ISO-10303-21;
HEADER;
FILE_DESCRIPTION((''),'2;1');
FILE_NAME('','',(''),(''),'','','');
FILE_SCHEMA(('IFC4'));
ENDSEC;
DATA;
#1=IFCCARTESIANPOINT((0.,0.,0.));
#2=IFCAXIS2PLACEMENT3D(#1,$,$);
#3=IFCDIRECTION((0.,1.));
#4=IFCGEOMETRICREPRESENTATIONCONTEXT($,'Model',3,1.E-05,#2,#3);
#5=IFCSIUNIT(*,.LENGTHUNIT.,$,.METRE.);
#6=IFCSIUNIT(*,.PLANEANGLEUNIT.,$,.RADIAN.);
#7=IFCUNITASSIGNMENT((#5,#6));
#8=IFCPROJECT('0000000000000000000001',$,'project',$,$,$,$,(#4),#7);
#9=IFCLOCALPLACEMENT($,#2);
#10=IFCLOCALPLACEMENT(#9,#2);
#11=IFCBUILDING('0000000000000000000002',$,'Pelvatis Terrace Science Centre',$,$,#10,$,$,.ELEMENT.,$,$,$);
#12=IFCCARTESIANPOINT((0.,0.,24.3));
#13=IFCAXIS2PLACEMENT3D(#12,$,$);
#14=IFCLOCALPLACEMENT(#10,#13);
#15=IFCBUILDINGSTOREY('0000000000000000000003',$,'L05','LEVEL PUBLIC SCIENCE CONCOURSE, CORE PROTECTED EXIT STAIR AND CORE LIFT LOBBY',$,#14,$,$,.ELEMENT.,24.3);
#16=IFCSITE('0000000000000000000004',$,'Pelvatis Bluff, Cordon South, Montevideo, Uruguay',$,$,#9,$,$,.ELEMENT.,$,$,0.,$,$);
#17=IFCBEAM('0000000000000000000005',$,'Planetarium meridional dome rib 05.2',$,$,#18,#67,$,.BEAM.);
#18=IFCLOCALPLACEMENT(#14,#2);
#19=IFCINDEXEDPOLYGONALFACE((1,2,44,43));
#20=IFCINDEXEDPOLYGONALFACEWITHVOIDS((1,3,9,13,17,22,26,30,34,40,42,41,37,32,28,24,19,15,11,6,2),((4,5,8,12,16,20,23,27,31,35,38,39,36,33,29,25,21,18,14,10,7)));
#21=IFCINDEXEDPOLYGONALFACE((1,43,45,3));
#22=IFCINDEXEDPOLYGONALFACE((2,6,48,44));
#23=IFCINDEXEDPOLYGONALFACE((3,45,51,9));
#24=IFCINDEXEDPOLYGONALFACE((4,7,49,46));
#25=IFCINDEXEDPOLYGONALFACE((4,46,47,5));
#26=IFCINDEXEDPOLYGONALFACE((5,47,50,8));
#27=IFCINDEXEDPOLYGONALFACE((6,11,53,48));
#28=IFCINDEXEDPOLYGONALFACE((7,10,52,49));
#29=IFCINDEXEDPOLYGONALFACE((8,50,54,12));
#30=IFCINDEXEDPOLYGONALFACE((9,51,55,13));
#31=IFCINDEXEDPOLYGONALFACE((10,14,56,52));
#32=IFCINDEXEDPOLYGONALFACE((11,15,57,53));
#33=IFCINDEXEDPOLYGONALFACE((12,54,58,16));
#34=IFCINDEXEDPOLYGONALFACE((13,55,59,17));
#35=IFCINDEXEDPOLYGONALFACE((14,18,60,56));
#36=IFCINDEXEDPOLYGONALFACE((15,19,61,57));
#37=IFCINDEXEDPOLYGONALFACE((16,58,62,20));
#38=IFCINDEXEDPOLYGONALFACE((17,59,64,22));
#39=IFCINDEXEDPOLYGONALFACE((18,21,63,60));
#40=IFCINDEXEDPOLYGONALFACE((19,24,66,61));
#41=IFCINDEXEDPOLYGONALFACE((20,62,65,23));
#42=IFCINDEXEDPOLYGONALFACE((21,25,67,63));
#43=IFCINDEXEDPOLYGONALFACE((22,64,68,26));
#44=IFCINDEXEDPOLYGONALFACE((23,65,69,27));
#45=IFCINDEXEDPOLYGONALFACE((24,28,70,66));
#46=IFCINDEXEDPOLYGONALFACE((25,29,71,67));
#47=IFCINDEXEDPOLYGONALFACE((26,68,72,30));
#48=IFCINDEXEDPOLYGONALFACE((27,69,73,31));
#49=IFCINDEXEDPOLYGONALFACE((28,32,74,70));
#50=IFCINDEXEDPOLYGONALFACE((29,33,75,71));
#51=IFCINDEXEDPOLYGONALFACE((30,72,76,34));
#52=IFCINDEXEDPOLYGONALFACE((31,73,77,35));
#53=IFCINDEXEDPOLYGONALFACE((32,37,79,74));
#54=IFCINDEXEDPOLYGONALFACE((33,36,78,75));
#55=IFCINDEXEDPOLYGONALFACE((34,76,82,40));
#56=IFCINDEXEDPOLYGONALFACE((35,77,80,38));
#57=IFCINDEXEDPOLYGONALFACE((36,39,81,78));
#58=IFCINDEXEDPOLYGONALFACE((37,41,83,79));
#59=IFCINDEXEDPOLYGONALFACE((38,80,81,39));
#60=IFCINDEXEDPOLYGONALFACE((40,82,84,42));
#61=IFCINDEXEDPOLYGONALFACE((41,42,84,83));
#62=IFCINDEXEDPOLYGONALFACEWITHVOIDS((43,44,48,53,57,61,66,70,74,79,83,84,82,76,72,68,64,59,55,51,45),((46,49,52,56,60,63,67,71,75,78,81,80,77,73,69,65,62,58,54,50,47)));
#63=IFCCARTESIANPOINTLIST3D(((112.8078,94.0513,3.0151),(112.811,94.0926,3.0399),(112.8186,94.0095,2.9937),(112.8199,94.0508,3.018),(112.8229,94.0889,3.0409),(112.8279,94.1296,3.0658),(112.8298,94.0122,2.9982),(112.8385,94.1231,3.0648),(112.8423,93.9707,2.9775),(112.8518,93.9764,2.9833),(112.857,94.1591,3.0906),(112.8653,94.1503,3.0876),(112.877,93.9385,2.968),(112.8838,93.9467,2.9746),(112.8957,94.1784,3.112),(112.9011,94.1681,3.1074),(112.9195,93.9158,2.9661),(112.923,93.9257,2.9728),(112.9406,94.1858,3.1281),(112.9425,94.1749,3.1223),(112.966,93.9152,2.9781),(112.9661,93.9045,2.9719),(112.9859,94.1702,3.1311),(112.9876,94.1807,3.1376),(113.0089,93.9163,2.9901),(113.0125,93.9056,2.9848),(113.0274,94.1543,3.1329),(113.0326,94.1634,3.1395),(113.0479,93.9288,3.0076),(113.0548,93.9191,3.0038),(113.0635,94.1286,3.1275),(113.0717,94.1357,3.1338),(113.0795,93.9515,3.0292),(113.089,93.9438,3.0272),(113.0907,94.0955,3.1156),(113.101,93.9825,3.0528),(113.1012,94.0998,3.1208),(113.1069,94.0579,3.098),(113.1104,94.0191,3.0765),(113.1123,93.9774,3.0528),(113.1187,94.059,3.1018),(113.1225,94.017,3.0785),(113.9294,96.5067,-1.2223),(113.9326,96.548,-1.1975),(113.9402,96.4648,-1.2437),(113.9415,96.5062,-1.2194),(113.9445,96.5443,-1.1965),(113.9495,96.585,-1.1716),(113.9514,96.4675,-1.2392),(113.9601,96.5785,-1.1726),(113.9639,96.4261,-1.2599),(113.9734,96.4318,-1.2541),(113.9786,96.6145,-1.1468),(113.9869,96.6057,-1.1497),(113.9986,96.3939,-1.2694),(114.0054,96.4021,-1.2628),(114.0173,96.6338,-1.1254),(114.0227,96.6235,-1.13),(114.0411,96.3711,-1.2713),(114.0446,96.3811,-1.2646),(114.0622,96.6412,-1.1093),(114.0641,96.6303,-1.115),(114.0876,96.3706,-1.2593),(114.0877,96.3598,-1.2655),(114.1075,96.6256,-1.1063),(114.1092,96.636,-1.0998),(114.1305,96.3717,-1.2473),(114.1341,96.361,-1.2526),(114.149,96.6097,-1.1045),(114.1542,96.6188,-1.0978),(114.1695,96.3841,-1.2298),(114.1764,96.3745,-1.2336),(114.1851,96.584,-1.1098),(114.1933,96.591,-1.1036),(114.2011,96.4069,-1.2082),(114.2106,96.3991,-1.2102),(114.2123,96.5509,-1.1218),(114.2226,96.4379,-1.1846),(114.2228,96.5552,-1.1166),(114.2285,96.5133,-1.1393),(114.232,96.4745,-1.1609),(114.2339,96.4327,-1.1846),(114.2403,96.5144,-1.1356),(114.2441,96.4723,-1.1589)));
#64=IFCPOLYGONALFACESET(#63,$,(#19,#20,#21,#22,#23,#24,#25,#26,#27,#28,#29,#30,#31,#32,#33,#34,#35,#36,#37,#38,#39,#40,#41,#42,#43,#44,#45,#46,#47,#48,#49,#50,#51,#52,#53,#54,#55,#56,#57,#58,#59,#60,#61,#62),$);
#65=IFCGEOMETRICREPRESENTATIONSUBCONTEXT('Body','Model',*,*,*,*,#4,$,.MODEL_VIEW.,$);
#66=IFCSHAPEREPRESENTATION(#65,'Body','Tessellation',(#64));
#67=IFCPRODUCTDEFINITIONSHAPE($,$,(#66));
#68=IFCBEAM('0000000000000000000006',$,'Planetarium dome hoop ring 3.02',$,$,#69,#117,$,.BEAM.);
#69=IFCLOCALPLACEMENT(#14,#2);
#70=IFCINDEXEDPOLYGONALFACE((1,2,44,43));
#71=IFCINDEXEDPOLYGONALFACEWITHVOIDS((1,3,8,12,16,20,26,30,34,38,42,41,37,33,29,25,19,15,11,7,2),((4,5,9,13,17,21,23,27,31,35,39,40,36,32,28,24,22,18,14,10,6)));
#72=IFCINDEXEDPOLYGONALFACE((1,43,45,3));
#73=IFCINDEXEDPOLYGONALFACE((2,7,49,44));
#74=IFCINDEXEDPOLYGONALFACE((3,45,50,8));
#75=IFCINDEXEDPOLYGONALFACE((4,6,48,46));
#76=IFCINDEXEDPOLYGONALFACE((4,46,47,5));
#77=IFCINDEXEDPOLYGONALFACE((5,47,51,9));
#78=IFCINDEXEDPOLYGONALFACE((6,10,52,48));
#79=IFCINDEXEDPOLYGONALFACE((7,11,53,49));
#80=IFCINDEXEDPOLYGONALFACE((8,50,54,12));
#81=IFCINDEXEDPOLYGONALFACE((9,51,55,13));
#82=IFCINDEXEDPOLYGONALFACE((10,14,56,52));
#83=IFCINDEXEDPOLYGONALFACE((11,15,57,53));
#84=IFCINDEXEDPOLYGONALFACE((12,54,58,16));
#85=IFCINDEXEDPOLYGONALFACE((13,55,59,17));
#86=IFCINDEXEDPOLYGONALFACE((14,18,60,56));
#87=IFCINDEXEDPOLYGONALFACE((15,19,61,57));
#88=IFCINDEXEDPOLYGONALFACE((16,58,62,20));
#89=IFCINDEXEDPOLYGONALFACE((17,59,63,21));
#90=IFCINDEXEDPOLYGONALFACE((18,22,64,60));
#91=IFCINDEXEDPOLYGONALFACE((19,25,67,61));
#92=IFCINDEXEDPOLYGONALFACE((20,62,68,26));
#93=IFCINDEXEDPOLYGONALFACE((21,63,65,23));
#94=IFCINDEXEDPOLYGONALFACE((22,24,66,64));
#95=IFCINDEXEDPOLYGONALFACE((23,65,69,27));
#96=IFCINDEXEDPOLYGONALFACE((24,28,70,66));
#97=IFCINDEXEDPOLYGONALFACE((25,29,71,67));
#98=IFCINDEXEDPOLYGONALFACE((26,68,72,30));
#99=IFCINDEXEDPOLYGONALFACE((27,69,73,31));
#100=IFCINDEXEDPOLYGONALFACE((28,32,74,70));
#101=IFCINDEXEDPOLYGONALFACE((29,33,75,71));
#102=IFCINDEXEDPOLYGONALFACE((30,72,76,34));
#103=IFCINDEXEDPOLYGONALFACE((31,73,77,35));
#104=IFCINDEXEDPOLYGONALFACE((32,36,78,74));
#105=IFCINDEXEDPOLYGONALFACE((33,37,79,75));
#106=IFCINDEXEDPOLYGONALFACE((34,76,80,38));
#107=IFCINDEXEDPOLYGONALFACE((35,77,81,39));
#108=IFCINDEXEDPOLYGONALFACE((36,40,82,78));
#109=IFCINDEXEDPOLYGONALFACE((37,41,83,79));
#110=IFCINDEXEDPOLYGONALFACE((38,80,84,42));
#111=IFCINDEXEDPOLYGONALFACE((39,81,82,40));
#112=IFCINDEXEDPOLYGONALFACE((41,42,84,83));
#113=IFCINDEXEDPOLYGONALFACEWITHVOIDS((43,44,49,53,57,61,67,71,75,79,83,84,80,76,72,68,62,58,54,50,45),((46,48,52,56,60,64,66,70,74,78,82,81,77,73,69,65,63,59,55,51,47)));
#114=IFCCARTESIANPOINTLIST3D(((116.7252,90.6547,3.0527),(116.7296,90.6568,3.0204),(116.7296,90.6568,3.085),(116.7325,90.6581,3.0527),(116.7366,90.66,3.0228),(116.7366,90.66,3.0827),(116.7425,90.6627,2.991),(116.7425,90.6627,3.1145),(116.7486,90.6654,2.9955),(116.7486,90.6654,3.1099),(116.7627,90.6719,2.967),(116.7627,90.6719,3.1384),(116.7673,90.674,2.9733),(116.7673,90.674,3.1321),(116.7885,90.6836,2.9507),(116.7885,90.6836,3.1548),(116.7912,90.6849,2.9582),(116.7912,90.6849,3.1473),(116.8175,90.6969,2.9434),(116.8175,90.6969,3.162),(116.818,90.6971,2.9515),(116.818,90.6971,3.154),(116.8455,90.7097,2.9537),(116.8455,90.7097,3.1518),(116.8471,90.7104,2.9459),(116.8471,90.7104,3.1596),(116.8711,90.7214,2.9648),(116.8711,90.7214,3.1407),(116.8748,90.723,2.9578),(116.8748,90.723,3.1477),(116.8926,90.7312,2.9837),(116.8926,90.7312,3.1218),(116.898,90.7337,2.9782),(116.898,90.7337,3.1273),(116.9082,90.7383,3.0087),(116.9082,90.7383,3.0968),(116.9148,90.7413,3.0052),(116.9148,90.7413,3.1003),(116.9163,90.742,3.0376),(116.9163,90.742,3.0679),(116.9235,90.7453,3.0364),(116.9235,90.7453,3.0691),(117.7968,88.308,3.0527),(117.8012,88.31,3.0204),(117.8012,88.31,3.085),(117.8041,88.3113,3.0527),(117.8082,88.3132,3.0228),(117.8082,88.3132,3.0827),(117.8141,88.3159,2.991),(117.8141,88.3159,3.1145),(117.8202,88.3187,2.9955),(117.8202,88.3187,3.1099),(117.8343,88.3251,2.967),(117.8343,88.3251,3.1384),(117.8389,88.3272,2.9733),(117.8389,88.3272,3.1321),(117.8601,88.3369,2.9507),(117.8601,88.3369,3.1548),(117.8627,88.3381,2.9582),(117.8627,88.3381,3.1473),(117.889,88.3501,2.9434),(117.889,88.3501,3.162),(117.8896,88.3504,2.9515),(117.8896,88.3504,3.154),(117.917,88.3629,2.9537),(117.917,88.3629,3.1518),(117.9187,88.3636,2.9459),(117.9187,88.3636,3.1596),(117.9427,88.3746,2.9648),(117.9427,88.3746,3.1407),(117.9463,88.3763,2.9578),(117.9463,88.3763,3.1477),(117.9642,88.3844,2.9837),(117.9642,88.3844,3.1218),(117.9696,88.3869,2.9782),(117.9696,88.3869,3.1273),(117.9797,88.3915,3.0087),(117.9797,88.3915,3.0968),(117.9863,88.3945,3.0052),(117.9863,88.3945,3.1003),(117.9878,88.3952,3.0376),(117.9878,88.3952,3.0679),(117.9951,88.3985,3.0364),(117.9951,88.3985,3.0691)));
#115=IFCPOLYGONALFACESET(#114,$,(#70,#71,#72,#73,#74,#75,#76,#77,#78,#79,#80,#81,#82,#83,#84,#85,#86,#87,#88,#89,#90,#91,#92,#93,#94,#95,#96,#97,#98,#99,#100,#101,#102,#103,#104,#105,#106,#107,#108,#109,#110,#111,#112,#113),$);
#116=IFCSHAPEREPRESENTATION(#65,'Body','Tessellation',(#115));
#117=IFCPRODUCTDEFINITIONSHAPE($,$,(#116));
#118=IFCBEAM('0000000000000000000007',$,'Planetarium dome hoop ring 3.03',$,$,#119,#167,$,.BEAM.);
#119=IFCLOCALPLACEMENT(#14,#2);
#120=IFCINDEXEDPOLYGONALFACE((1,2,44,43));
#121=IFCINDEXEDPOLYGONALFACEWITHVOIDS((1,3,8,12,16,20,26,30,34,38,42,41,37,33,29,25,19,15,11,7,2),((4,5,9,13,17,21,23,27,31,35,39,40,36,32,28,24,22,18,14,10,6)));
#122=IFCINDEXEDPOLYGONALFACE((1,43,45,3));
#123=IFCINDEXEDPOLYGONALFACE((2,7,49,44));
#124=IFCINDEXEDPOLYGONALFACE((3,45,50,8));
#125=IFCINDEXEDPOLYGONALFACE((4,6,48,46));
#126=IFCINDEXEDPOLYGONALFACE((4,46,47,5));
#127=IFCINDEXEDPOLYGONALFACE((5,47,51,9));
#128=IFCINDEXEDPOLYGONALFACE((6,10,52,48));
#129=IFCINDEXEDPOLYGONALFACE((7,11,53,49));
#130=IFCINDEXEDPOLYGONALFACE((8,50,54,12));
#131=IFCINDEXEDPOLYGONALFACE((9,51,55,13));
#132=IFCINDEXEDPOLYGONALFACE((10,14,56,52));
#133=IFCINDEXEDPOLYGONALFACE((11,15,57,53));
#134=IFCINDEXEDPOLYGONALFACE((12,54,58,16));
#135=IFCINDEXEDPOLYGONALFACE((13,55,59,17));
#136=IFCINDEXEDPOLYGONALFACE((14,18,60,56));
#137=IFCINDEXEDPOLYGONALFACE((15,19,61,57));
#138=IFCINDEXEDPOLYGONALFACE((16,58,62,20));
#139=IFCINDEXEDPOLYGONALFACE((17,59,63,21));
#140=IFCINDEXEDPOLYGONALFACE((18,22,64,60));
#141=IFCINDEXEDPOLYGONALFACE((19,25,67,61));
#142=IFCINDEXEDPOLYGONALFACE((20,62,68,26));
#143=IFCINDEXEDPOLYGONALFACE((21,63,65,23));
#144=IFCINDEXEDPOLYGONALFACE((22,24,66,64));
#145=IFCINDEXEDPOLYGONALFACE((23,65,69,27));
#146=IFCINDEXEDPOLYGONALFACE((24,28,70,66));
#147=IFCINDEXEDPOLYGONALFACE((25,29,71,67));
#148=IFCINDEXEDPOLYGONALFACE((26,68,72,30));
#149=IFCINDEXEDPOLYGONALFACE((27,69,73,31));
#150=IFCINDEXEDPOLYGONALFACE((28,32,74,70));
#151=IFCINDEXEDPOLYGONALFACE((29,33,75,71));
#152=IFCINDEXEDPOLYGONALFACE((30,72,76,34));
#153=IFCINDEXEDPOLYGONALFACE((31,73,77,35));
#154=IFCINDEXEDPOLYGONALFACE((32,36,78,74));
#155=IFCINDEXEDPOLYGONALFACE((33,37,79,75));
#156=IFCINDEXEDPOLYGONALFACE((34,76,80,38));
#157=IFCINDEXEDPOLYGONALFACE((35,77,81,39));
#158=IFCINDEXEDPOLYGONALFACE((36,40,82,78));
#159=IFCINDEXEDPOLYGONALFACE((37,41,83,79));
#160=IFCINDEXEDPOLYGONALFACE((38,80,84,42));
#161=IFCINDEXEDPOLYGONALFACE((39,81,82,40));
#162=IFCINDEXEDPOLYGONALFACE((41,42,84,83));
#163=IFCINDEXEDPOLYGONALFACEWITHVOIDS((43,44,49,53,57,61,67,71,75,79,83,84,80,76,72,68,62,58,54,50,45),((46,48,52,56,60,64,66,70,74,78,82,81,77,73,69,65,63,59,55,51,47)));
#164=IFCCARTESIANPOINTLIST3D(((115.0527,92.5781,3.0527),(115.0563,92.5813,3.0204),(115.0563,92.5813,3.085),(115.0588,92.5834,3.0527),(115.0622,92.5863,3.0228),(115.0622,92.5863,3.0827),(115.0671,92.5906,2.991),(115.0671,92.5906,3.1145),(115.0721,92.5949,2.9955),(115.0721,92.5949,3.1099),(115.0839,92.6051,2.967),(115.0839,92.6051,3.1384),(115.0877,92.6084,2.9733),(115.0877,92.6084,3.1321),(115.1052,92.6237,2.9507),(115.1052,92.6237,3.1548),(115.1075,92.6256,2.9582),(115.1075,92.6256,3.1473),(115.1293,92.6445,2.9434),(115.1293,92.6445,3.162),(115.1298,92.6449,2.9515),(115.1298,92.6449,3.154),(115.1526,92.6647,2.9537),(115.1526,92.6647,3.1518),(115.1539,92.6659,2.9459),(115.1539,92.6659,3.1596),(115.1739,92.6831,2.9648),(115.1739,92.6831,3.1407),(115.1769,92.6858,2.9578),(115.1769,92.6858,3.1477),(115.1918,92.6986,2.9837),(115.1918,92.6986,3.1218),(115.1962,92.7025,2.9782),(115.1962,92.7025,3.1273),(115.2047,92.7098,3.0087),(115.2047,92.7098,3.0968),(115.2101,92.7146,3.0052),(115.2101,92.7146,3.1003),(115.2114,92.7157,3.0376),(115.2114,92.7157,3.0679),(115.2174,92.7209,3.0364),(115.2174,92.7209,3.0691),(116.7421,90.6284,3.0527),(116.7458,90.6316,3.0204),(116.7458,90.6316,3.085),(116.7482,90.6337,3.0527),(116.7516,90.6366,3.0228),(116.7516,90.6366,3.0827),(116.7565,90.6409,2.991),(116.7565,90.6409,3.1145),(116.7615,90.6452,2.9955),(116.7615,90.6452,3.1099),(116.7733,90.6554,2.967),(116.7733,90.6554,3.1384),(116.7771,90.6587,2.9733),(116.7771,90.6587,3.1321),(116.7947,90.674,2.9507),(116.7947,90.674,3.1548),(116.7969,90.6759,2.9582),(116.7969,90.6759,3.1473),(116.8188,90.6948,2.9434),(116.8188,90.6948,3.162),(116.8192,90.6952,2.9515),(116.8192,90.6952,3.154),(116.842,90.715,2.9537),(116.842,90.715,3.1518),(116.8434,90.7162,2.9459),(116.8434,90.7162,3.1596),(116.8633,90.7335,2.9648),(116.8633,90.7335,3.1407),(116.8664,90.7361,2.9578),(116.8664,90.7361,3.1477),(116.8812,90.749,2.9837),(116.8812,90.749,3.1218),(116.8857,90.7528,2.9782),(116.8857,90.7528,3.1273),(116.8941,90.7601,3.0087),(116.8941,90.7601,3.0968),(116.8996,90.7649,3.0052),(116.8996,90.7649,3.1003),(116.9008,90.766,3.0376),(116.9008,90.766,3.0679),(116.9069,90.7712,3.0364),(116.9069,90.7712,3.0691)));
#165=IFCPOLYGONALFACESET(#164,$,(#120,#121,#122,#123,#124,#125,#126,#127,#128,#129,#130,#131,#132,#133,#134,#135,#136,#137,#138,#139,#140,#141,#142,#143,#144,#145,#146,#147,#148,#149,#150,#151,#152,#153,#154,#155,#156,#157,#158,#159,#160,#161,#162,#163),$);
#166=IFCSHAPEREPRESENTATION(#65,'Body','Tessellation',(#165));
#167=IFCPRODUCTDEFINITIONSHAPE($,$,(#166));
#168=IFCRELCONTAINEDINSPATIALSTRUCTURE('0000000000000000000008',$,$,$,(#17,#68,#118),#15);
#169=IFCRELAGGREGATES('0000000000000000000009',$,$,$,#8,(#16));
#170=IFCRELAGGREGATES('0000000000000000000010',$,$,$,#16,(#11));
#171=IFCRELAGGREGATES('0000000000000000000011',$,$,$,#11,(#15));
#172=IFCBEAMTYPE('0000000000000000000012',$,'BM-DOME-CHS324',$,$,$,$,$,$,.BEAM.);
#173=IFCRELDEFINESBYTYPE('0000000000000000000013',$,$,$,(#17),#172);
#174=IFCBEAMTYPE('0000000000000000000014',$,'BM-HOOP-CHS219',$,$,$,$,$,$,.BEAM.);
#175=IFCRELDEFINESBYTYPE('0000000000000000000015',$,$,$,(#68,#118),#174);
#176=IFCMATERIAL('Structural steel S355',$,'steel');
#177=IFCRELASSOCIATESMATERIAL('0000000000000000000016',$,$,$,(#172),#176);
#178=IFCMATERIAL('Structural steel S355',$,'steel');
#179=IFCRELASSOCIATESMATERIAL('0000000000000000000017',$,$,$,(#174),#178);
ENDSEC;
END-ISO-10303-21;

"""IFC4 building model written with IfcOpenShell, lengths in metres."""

from ifc_helpers import new_model, si_unit, direction, frame, origin, origin_2d, place, context, subcontext, project, spatial, hollow_circle, extrude, material, material_profile, profile_set, type_object, element, save


model = new_model("IFC4")

# Units and contexts
model_context = context("Model", 3, precision=1e-05, world=origin(), true_north=direction((0.0, 1.0)))
body_context = subcontext(model_context, "Body", "Model", "MODEL_VIEW")
ifc_project = project(units=[si_unit("LENGTHUNIT", "METRE"), si_unit("PLANEANGLEUNIT", "RADIAN")], contexts=[model_context])

# Site, building, storey
site_placement = place(None, origin())
site = spatial("IfcSite", under=ifc_project, at=site_placement, Name="Pelvatis Bluff, Cordon South, Montevideo, Uruguay", CompositionType="ELEMENT", RefElevation=0.0)
building_placement = place(site_placement, origin())
building = spatial("IfcBuilding", under=site, at=building_placement, Name="Pelvatis Terrace Science Centre", CompositionType="ELEMENT")
storey_placement = place(building_placement, frame((0.0, 0.0, 24.3)))
storey = spatial("IfcBuildingStorey", under=building, at=storey_placement, Name="L05", Description="LEVEL PUBLIC SCIENCE CONCOURSE, CORE PROTECTED EXIT STAIR AND CORE LIFT LOBBY", CompositionType="ELEMENT", Elevation=24.3)

# Beams
ifc_material_1 = material(Name="Structural steel S355", Category="steel")
ifc_material_profile_1 = material_profile(ifc_material_1, hollow_circle(Radius=0.1619, WallThickness=0.0125, at=origin_2d()), Name="CHS 323.9x12.5")
ifc_profile_set_1 = profile_set([ifc_material_profile_1], Name="Structural steel S355")
beam_type_1 = type_object("IfcBeamType", Name="BM-DOME-CHS324", PredefinedType="BEAM", material=ifc_profile_set_1)
for number, where, z_axis, x_axis, name in (
    (1, (114.0867, 96.5, -1.1846), (-0.223242, -0.488712, 0.8434), (0.909594, -0.415499, 0.0), "Planetarium meridional dome rib 05.2"),
):
    element("IfcBeam", number, at=place(storey_placement, frame(where, z_axis=z_axis, x_axis=x_axis)), inside=storey, type_object=beam_type_1, Name=name, PredefinedType="BEAM", context=body_context, shape_type="SweptSolid", body=[
        extrude(hollow_circle(Radius=0.1619, WallThickness=0.0125, at=origin_2d()), origin(), (0.0, 0.0, 1.0), 5.0242),
    ])
ifc_material_2 = material(Name="Structural steel S355", Category="steel")
ifc_material_profile_2 = material_profile(ifc_material_2, hollow_circle(Radius=0.1096, WallThickness=0.0081, at=origin_2d()), Name="CHS 219.1x8.0")
ifc_profile_set_2 = profile_set([ifc_material_profile_2], Name="Structural steel S355")
beam_type_2 = type_object("IfcBeamType", Name="BM-HOOP-CHS219", PredefinedType="BEAM", material=ifc_profile_set_2)
for number, where, z_axis, x_axis, name in (
    (2, (117.8965, 88.3535, 3.0527), (-0.415364, 0.909655, 0.0), (-0.909655, -0.415364, 0.0), "Planetarium dome hoop ring 3.02"),
    (3, (116.825, 90.7002, 3.0527), (-0.654866, 0.755745, 0.0), (-0.755745, -0.654866, 0.0), "Planetarium dome hoop ring 3.03"),
):
    element("IfcBeam", number, at=place(storey_placement, frame(where, z_axis=z_axis, x_axis=x_axis)), inside=storey, type_object=beam_type_2, Name=name, PredefinedType="BEAM", context=body_context, shape_type="SweptSolid", body=[
        extrude(hollow_circle(Radius=0.1096, WallThickness=0.0081, at=origin_2d()), origin(), (0.0, 0.0, 1.0), 2.5798),
    ])

save(model, "model.ifc")
